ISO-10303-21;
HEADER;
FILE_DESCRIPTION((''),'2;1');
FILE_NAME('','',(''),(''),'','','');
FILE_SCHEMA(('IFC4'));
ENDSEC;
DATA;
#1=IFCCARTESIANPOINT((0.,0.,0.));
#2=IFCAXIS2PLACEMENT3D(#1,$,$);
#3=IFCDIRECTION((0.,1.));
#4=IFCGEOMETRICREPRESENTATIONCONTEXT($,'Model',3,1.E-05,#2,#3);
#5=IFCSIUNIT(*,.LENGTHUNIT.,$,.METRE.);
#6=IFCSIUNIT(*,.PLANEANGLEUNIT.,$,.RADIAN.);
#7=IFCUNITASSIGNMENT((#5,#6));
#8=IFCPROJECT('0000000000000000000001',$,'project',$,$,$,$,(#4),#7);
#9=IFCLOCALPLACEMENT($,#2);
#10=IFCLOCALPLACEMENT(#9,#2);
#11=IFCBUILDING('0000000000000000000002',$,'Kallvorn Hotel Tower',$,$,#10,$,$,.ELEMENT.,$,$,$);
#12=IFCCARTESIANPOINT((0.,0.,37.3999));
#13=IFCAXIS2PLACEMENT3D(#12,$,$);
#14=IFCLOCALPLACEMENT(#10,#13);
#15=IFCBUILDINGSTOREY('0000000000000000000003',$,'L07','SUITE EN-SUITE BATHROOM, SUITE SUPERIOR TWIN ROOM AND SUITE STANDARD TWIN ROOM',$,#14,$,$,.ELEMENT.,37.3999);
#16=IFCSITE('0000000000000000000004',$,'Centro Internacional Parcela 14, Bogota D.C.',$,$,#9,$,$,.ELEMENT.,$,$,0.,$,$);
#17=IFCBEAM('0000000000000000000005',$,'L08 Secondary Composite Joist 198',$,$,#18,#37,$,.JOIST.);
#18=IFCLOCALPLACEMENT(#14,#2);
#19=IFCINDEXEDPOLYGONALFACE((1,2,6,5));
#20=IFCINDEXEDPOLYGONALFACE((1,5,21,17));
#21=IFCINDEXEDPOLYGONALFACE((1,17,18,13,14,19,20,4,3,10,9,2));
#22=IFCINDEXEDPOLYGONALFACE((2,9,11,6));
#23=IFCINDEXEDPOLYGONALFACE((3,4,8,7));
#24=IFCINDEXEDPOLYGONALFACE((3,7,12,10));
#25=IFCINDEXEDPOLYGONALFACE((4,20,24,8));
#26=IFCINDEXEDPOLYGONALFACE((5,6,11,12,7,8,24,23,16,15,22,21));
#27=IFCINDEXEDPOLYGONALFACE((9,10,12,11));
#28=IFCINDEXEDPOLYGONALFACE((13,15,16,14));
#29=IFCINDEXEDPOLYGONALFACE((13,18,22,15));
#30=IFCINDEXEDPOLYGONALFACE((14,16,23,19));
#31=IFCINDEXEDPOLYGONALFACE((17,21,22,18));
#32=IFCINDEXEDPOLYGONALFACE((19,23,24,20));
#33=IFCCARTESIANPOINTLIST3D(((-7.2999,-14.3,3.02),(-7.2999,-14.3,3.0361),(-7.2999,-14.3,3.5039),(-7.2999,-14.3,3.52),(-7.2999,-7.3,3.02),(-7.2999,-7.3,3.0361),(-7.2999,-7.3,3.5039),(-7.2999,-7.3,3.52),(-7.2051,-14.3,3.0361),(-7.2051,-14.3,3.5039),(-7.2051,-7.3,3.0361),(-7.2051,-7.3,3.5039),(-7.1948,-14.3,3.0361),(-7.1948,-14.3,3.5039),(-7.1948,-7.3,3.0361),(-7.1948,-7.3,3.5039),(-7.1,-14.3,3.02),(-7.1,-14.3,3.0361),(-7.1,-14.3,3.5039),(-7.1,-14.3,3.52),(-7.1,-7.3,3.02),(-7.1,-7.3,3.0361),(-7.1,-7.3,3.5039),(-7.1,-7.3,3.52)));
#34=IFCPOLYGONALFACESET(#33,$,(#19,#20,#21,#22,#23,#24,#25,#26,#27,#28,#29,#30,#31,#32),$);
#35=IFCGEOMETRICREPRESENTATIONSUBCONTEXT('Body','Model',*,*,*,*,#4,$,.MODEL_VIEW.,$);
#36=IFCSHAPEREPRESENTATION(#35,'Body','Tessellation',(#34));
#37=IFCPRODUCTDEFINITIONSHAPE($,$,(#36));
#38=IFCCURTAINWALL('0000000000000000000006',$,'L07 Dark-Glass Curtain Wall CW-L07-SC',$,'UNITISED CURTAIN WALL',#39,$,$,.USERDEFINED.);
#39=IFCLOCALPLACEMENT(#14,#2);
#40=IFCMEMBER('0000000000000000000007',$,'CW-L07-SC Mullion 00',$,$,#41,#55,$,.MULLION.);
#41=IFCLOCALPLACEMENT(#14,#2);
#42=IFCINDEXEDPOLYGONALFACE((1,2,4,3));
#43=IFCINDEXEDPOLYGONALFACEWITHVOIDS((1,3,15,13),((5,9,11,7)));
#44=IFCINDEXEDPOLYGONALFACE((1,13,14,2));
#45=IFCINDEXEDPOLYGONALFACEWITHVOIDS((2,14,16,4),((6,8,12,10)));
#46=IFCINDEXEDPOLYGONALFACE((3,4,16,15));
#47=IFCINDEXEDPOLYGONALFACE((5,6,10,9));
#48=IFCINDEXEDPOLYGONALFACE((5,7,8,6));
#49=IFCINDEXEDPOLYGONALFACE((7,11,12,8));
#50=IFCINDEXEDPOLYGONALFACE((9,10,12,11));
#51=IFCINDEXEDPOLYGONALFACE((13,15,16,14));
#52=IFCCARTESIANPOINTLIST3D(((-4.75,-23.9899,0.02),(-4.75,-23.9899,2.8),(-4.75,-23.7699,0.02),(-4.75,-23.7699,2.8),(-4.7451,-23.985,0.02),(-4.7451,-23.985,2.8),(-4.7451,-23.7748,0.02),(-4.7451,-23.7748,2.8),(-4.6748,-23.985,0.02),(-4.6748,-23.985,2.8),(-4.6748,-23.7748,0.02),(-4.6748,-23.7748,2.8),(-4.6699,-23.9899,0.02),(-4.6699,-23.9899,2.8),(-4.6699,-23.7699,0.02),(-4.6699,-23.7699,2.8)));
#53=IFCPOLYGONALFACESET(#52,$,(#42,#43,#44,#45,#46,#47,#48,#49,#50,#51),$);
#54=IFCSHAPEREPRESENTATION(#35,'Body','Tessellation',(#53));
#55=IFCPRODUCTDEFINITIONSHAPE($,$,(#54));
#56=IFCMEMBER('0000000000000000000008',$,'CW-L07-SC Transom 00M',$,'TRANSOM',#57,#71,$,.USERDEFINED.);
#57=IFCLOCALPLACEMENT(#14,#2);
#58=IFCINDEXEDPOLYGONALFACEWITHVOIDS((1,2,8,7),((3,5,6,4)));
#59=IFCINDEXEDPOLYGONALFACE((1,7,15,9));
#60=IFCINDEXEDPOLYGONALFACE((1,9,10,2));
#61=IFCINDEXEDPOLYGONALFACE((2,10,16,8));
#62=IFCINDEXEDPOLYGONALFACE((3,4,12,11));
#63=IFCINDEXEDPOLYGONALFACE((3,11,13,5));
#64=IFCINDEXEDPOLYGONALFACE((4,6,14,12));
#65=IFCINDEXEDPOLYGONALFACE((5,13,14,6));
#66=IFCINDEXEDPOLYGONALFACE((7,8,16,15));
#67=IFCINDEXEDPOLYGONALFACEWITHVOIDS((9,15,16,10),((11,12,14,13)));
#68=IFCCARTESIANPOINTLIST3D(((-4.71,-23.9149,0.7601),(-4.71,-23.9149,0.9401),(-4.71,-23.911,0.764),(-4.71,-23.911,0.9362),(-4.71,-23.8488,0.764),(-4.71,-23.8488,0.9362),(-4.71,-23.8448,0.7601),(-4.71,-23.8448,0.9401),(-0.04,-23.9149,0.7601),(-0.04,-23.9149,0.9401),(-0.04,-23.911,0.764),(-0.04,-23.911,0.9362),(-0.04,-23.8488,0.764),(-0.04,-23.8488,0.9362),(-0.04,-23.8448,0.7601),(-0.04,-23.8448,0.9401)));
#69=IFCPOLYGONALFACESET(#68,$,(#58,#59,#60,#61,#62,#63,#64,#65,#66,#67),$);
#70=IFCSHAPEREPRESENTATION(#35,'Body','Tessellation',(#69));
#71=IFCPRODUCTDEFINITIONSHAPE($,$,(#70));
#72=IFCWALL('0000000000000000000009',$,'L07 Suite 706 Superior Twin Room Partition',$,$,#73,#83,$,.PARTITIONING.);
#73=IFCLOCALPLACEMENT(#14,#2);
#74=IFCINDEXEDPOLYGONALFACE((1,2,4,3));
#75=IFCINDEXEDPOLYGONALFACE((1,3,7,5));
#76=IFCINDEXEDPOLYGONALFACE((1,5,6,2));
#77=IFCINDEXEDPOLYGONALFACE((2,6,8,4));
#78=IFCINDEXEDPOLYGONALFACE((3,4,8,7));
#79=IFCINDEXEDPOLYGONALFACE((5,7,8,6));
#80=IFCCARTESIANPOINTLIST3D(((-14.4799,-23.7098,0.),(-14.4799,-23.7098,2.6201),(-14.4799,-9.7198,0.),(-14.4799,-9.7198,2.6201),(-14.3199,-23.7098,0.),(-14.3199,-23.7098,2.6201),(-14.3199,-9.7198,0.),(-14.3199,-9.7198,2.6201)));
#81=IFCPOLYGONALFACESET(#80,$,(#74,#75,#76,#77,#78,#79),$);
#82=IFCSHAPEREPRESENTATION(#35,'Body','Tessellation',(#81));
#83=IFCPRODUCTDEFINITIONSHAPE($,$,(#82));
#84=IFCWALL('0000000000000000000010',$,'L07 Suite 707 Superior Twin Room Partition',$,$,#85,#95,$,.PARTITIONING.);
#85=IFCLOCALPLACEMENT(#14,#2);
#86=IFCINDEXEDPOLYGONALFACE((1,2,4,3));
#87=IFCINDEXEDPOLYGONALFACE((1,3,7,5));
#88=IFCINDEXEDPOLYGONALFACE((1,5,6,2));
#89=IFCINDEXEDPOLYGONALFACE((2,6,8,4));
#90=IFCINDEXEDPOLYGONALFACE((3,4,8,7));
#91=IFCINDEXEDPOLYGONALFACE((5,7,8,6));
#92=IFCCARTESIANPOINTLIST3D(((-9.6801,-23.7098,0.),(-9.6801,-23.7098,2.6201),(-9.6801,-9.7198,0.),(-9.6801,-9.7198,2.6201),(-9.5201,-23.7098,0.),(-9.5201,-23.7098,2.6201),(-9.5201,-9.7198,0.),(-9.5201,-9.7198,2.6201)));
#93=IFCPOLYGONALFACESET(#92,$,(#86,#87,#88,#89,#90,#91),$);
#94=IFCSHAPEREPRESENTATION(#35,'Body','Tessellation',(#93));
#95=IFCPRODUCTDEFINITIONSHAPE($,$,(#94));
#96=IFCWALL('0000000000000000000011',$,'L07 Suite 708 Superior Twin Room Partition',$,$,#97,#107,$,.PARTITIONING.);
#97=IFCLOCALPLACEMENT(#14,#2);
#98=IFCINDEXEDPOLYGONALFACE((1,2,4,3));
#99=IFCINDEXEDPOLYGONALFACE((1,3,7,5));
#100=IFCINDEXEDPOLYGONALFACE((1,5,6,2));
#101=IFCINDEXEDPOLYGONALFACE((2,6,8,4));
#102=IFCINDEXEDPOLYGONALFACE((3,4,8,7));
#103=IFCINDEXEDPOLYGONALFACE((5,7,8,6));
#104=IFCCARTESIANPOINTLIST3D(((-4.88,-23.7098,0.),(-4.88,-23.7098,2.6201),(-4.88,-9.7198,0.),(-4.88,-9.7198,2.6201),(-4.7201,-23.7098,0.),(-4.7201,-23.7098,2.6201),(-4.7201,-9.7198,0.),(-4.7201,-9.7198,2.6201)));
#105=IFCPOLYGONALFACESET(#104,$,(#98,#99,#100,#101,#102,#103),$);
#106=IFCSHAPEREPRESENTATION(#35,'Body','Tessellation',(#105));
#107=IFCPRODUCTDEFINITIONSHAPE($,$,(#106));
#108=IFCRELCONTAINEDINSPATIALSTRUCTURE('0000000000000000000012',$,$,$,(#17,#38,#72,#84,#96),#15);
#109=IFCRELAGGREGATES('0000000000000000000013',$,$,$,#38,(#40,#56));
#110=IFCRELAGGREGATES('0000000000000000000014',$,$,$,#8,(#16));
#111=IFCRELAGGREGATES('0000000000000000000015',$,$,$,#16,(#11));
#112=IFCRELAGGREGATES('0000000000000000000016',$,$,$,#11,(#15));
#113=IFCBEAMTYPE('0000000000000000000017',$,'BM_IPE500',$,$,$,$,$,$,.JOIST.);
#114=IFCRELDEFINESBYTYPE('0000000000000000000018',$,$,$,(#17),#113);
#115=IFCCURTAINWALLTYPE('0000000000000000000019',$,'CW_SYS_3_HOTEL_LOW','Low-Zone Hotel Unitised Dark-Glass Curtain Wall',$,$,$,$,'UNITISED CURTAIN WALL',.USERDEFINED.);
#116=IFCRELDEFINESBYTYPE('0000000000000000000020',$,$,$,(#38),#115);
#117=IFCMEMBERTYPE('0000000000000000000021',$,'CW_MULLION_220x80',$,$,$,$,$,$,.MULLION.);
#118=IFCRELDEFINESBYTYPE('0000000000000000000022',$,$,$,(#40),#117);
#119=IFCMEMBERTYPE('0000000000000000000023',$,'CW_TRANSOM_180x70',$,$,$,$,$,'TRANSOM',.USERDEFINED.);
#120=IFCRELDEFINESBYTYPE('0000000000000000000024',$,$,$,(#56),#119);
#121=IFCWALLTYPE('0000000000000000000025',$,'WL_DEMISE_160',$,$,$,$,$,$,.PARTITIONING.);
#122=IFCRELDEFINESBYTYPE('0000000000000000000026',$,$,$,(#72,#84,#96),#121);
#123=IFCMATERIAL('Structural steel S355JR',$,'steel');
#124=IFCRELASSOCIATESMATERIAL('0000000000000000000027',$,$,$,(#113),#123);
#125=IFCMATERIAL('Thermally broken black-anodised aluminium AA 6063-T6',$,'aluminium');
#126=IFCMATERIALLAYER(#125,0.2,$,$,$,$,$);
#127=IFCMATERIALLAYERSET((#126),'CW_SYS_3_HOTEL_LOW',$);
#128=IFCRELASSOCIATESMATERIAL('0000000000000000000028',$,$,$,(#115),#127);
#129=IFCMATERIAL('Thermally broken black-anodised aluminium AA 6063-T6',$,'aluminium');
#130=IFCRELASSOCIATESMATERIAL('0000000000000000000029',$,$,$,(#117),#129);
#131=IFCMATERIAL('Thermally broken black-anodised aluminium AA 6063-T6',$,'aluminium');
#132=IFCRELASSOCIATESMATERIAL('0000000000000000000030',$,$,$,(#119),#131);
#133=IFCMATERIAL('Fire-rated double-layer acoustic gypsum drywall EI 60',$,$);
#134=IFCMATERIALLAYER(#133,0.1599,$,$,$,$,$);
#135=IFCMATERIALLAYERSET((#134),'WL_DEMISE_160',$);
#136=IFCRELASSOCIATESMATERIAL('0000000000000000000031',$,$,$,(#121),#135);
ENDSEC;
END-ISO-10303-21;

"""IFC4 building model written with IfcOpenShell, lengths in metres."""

from ifc_helpers import new_model, si_unit, direction, frame, frame_2d, origin, origin_2d, place, context, subcontext, project, spatial, rectangle, hollow_rectangle, i_section, extrude, material, layer, layer_set, material_profile, profile_set, type_object, element, aggregate, save


model = new_model("IFC4")

# Units and contexts
model_context = context("Model", 3, precision=1e-05, world=origin(), true_north=direction((0.0, 1.0)))
body_context = subcontext(model_context, "Body", "Model", "MODEL_VIEW")
ifc_project = project(units=[si_unit("LENGTHUNIT", "METRE"), si_unit("PLANEANGLEUNIT", "RADIAN")], contexts=[model_context])

# Site, building, storey
site_placement = place(None, origin())
site = spatial("IfcSite", under=ifc_project, at=site_placement, Name="Centro Internacional Parcela 14, Bogota D.C.", CompositionType="ELEMENT", RefElevation=0.0)
building_placement = place(site_placement, origin())
building = spatial("IfcBuilding", under=site, at=building_placement, Name="Kallvorn Hotel Tower", CompositionType="ELEMENT")
storey_placement = place(building_placement, frame((0.0, 0.0, 37.3999)))
storey = spatial("IfcBuildingStorey", under=building, at=storey_placement, Name="L07", Description="SUITE EN-SUITE BATHROOM, SUITE SUPERIOR TWIN ROOM AND SUITE STANDARD TWIN ROOM", CompositionType="ELEMENT", Elevation=37.3999)

# Beam
ifc_material_1 = material(Name="Structural steel S355JR", Category="steel")
ifc_material_profile_1 = material_profile(ifc_material_1, i_section(OverallWidth=0.2, OverallDepth=0.5, WebThickness=0.0103, FlangeThickness=0.0161, at=origin_2d()), Name="IPE 500")
ifc_profile_set_1 = profile_set([ifc_material_profile_1], Name="Structural steel S355JR")
beam_type_1 = type_object("IfcBeamType", Name="BM_IPE500", PredefinedType="JOIST", material=ifc_profile_set_1)
for number, where, z_axis, x_axis, name in (
    (1, (-7.2, -14.3, 3.27), (0.0, 1.0, 0.0), (-1.0, 0.0, 0.0), "L08 Secondary Composite Joist 198"),
):
    element("IfcBeam", number, at=place(storey_placement, frame(where, z_axis=z_axis, x_axis=x_axis)), inside=storey, type_object=beam_type_1, Name=name, PredefinedType="JOIST", context=body_context, shape_type="SweptSolid", body=[
        extrude(i_section(OverallWidth=0.2, OverallDepth=0.5, WebThickness=0.0103, FlangeThickness=0.0161, at=origin_2d()), origin(), (0.0, 0.0, 1.0), 7.0),
    ])

# Curtain wall, members
ifc_material_2 = material(Name="Thermally broken black-anodised aluminium AA 6063-T6", Category="aluminium")
ifc_layer_1 = layer(ifc_material_2, 0.2)
ifc_layer_set_1 = layer_set([ifc_layer_1], Name="CW_SYS_3_HOTEL_LOW")
curtain_wall_type = type_object("IfcCurtainWallType", Name="CW_SYS_3_HOTEL_LOW", Description="Low-Zone Hotel Unitised Dark-Glass Curtain Wall", ElementType="UNITISED CURTAIN WALL", PredefinedType="USERDEFINED", material=ifc_layer_set_1)
curtain_wall_placement = place(storey_placement, origin())
curtain_wall = element("IfcCurtainWall", 2, at=curtain_wall_placement, inside=storey, type_object=curtain_wall_type, Name="L07 Dark-Glass Curtain Wall CW-L07-SC", ObjectType="UNITISED CURTAIN WALL", PredefinedType="USERDEFINED")
ifc_material_3 = material(Name="Thermally broken black-anodised aluminium AA 6063-T6", Category="aluminium")
ifc_material_profile_2 = material_profile(ifc_material_3, hollow_rectangle(XDim=0.0801, YDim=0.22, WallThickness=0.0049, at=origin_2d()), Name="MUL 220x80")
ifc_profile_set_2 = profile_set([ifc_material_profile_2], Name="Thermally broken black-anodised aluminium AA 6063-T6")
member_type_1 = type_object("IfcMemberType", Name="CW_MULLION_220x80", PredefinedType="MULLION", material=ifc_profile_set_2)
member_1_placement = place(storey_placement, frame((-4.71, -23.8799, 0.02), z_axis=(0.0, 0.0, 1.0), x_axis=(1.0, 0.0, 0.0)))
member_1 = element("IfcMember", 3, at=member_1_placement, type_object=member_type_1, Name="CW-L07-SC Mullion 00", PredefinedType="MULLION", context=body_context, shape_type="SweptSolid", body=[
    extrude(hollow_rectangle(XDim=0.0801, YDim=0.22, WallThickness=0.0049, at=origin_2d()), origin(), (0.0, 0.0, 1.0), 2.78),
])
ifc_material_4 = material(Name="Thermally broken black-anodised aluminium AA 6063-T6", Category="aluminium")
ifc_material_profile_3 = material_profile(ifc_material_4, hollow_rectangle(XDim=0.0701, YDim=0.1799, WallThickness=0.0039, at=origin_2d()), Name="TRN 180x70")
ifc_profile_set_3 = profile_set([ifc_material_profile_3], Name="Thermally broken black-anodised aluminium AA 6063-T6")
member_type_2 = type_object("IfcMemberType", Name="CW_TRANSOM_180x70", ElementType="TRANSOM", PredefinedType="USERDEFINED", material=ifc_profile_set_3)
member_2_placement = place(storey_placement, frame((-4.71, -23.8799, 0.8501), z_axis=(1.0, 0.0, 0.0), x_axis=(0.0, 1.0, 0.0)))
member_2 = element("IfcMember", 4, at=member_2_placement, type_object=member_type_2, Name="CW-L07-SC Transom 00M", ObjectType="TRANSOM", PredefinedType="USERDEFINED", context=body_context, shape_type="SweptSolid", body=[
    extrude(hollow_rectangle(XDim=0.0701, YDim=0.1799, WallThickness=0.0039, at=origin_2d()), origin(), (0.0, 0.0, 1.0), 4.6699),
])
aggregate(curtain_wall, [member_1, member_2])

# Walls
ifc_material_5 = material(Name="Fire-rated double-layer acoustic gypsum drywall EI 60")
ifc_layer_2 = layer(ifc_material_5, 0.1599)
ifc_layer_set_2 = layer_set([ifc_layer_2], Name="WL_DEMISE_160")
wall_type = type_object("IfcWallType", Name="WL_DEMISE_160", PredefinedType="PARTITIONING", material=ifc_layer_set_2)
for number, where, z_axis, x_axis, name in (
    (5, (-14.3999, -23.71, 0.0), (0.0, 0.0, 1.0), (0.0, 1.0, 0.0), "L07 Suite 706 Superior Twin Room Partition"),
    (6, (-9.6001, -23.71, 0.0), (0.0, 0.0, 1.0), (0.0, 1.0, 0.0), "L07 Suite 707 Superior Twin Room Partition"),
    (7, (-4.8, -23.71, 0.0), (0.0, 0.0, 1.0), (0.0, 1.0, 0.0), "L07 Suite 708 Superior Twin Room Partition"),
):
    element("IfcWall", number, at=place(storey_placement, frame(where, z_axis=z_axis, x_axis=x_axis)), inside=storey, type_object=wall_type, Name=name, PredefinedType="PARTITIONING", context=body_context, shape_type="SweptSolid", body=[
        extrude(rectangle(XDim=13.99, YDim=0.1599, at=frame_2d((6.9951, 0.0))), origin(), (0.0, 0.0, 1.0), 2.6201),
    ])

save(model, "model.ifc")
